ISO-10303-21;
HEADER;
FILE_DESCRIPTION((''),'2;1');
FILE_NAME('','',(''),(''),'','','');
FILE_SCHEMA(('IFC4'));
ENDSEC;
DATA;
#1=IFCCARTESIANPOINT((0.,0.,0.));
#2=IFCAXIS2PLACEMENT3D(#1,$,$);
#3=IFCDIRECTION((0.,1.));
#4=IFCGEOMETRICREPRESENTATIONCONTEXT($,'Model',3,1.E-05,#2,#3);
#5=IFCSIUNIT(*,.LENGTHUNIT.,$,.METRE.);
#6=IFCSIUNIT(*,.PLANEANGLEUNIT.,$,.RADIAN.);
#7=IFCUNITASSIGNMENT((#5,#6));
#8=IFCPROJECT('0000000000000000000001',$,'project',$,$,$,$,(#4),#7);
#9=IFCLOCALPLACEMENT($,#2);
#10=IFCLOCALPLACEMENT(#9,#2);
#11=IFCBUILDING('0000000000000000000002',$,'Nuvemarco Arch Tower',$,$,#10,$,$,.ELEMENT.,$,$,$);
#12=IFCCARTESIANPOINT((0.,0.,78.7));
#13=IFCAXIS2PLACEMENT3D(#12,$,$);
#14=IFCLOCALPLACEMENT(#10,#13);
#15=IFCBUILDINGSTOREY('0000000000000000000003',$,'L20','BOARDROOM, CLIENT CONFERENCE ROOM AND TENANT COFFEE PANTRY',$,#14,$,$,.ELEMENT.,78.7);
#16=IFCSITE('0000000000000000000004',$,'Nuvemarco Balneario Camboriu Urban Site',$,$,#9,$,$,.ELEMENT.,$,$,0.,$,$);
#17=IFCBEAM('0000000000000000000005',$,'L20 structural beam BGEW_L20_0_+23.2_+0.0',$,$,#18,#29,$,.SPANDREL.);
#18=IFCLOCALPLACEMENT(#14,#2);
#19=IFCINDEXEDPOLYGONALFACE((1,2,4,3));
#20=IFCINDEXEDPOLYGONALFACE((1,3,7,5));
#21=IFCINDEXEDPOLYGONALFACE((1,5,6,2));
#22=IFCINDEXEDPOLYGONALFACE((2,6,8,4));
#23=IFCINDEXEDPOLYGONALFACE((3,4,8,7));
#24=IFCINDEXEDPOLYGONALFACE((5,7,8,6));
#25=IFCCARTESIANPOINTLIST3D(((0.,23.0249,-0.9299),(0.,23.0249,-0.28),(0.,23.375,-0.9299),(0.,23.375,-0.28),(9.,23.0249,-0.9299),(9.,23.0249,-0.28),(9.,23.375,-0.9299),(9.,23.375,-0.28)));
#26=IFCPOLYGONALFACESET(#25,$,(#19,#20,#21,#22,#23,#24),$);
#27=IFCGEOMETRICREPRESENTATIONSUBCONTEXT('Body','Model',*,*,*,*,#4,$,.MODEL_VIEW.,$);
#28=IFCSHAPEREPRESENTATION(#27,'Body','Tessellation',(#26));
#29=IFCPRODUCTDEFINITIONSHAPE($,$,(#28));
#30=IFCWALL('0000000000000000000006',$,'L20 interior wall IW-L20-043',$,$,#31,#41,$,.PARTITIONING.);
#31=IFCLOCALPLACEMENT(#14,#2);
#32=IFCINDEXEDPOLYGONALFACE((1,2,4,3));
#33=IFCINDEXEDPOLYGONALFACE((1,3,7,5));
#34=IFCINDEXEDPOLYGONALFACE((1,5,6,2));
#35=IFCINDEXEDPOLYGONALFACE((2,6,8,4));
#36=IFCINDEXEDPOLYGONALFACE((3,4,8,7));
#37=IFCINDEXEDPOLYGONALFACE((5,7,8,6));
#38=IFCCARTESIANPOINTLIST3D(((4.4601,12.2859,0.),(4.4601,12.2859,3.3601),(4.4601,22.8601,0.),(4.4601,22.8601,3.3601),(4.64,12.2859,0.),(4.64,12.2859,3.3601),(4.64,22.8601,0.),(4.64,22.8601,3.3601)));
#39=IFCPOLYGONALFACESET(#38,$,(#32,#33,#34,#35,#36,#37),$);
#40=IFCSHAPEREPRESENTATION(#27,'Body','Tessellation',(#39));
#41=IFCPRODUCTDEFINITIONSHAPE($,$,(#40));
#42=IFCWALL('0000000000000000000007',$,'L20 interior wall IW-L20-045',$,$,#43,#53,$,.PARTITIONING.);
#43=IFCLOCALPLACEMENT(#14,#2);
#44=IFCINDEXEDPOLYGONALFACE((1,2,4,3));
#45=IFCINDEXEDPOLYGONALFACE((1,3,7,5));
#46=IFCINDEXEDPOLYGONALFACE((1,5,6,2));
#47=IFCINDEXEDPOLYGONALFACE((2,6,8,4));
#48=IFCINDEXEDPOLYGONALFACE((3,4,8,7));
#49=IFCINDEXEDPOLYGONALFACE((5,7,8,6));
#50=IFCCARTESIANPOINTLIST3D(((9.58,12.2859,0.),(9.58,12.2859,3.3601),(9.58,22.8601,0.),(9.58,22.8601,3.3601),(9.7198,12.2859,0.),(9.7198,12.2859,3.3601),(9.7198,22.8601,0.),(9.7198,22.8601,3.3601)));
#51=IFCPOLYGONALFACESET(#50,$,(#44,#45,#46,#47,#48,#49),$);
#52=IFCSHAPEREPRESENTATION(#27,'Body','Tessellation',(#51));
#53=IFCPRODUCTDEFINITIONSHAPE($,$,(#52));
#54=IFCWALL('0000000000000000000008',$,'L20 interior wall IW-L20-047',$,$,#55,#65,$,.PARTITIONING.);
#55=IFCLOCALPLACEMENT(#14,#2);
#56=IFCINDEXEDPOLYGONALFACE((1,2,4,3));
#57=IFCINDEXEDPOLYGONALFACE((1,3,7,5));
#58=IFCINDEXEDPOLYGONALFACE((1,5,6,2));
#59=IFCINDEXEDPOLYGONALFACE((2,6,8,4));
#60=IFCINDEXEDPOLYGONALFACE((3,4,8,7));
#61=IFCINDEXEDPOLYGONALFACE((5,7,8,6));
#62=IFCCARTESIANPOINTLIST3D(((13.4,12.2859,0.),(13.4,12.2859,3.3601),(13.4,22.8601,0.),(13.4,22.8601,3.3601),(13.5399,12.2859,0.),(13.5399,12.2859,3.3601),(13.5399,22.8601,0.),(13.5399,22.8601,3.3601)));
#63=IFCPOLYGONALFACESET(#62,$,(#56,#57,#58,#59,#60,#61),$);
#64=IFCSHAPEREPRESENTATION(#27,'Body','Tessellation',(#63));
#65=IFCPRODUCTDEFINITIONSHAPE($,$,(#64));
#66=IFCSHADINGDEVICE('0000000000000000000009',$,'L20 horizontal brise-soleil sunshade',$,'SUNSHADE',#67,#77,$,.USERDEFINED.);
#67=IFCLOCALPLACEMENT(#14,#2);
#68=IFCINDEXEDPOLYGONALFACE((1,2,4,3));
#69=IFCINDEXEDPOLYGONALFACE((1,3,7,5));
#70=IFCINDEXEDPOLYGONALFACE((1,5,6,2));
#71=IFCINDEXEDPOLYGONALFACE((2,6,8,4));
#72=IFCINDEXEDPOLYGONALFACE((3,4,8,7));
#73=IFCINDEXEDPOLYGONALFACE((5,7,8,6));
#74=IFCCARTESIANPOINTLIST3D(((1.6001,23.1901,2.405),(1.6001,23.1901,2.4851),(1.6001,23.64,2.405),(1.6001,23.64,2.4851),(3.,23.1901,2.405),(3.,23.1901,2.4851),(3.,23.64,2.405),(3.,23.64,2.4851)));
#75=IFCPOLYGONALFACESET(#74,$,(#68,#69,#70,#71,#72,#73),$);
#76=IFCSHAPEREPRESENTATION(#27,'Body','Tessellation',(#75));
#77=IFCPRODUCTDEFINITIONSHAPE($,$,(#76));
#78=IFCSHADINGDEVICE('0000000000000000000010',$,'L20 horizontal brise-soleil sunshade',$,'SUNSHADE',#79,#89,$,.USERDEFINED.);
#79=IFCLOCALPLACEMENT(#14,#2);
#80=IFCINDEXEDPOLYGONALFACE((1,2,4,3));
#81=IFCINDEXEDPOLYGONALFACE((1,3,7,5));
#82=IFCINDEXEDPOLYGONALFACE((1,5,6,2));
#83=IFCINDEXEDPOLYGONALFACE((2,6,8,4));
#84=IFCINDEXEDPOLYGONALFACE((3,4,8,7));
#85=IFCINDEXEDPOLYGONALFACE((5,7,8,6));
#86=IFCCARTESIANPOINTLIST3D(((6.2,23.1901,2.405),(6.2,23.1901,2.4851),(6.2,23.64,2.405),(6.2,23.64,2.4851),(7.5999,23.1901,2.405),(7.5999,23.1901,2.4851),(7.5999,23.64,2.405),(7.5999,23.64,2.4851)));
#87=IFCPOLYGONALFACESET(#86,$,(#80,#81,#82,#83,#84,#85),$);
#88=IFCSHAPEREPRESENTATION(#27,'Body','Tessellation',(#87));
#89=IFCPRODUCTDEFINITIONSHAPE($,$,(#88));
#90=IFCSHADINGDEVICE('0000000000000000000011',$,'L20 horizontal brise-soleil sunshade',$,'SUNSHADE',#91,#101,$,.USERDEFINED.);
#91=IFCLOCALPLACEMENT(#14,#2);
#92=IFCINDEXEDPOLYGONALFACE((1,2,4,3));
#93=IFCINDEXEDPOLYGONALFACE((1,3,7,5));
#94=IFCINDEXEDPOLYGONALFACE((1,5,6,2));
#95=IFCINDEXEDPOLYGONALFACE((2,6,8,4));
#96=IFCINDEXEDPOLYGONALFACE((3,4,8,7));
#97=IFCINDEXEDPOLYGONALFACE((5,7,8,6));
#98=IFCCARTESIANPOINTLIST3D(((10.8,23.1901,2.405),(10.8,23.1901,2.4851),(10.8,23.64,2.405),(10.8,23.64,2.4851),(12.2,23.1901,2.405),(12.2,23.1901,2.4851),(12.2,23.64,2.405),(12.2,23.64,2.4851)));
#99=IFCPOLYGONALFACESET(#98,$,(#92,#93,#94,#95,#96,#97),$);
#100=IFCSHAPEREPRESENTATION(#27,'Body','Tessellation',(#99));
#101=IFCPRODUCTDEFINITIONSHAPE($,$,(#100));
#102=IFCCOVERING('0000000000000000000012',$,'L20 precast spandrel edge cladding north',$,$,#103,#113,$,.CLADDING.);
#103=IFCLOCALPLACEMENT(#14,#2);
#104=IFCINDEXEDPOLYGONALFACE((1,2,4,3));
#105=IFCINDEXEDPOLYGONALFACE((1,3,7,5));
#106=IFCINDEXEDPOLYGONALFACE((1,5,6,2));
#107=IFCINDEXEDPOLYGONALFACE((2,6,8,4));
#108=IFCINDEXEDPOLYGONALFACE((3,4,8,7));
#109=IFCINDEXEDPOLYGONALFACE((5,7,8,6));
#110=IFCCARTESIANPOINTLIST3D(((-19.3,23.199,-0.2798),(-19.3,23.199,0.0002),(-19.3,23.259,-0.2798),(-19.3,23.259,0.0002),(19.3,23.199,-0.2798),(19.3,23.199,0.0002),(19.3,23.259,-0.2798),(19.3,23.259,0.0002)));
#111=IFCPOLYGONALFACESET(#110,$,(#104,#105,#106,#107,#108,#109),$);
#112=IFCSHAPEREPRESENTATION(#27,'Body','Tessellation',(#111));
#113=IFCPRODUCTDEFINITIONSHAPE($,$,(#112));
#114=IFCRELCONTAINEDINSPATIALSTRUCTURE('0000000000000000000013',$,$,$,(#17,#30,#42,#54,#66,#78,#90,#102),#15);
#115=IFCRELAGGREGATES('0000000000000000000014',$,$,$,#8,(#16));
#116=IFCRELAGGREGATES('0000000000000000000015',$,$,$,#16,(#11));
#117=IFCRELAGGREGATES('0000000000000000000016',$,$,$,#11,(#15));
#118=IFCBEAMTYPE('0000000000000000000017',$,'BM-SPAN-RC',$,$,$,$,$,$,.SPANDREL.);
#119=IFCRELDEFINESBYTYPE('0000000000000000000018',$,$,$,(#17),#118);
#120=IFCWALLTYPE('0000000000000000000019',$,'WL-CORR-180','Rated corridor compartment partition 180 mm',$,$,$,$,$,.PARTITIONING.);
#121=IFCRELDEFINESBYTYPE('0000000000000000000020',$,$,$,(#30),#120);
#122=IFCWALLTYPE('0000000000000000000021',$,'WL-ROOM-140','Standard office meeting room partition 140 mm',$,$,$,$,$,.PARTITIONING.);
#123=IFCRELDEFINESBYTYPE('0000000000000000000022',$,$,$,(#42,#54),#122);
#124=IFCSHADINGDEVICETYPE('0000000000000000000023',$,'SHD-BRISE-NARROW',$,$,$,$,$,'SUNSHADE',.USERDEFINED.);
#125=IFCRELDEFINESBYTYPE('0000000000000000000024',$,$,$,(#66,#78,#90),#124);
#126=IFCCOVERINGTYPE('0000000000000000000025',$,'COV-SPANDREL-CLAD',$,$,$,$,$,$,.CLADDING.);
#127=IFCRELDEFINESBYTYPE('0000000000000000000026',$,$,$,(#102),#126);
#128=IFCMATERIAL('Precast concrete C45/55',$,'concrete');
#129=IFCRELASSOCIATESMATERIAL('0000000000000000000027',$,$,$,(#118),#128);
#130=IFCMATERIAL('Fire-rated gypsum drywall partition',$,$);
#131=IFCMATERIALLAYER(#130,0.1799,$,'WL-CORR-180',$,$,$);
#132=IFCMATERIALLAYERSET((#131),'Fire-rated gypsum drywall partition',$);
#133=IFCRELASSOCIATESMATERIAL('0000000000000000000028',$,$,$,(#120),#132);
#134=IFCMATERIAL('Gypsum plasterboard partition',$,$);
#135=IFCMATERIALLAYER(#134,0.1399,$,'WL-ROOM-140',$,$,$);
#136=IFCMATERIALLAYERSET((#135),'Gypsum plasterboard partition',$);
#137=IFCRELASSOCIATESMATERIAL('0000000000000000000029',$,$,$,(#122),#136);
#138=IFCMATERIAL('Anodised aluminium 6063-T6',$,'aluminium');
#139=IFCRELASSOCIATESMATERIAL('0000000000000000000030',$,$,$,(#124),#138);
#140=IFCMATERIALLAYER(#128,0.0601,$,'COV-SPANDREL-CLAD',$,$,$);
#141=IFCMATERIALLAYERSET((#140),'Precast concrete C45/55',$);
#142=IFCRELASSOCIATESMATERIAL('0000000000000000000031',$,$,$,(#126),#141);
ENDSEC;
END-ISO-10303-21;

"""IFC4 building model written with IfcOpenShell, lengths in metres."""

from ifc_helpers import new_model, si_unit, direction, frame, frame_2d, origin, origin_2d, place, context, subcontext, project, spatial, rectangle, extrude, source, transform, mapped, material, layer, layer_set, material_profile, profile_set, type_object, type_shapes, element, save


model = new_model("IFC4")

# Units and contexts
model_context = context("Model", 3, precision=1e-05, world=origin(), true_north=direction((0.0, 1.0)))
body_context = subcontext(model_context, "Body", "Model", "MODEL_VIEW")
ifc_project = project(units=[si_unit("LENGTHUNIT", "METRE"), si_unit("PLANEANGLEUNIT", "RADIAN")], contexts=[model_context])

# Site, building, storey
site_placement = place(None, origin())
site = spatial("IfcSite", under=ifc_project, at=site_placement, Name="Nuvemarco Balneario Camboriu Urban Site", CompositionType="ELEMENT", RefElevation=0.0)
building_placement = place(site_placement, origin())
building = spatial("IfcBuilding", under=site, at=building_placement, Name="Nuvemarco Arch Tower", CompositionType="ELEMENT")
storey_placement = place(building_placement, frame((0.0, 0.0, 78.7)))
storey = spatial("IfcBuildingStorey", under=building, at=storey_placement, Name="L20", Description="BOARDROOM, CLIENT CONFERENCE ROOM AND TENANT COFFEE PANTRY", CompositionType="ELEMENT", Elevation=78.7)

# Beam
ifc_material_1 = material(Name="Precast concrete C45/55", Category="concrete")
ifc_material_profile_1 = material_profile(ifc_material_1, rectangle(XDim=0.3501, YDim=0.6499, at=origin_2d()), Name="PC-SP-350x650")
ifc_profile_set_1 = profile_set([ifc_material_profile_1], Name="Precast concrete C45/55")
beam_type_1 = type_object("IfcBeamType", Name="BM-SPAN-RC", PredefinedType="SPANDREL", material=ifc_profile_set_1)
beam_1_placement = place(storey_placement, frame((0.0, 23.2, -0.605), z_axis=(1.0, 0.0, 0.0), x_axis=(0.0, 1.0, 0.0)))
element("IfcBeam", 1, at=beam_1_placement, inside=storey, type_object=beam_type_1, Name="L20 structural beam BGEW_L20_0_+23.2_+0.0", PredefinedType="SPANDREL", context=body_context, shape_type="SweptSolid", body=[
    extrude(rectangle(XDim=0.3501, YDim=0.6499, at=origin_2d()), origin(), (0.0, 0.0, 1.0), 9.0),
])

# Walls
ifc_material_2 = material(Name="Fire-rated gypsum drywall partition")
ifc_layer_1 = layer(ifc_material_2, 0.1799, Name="WL-CORR-180")
ifc_layer_set_1 = layer_set([ifc_layer_1], Name="Fire-rated gypsum drywall partition")
wall_type_1 = type_object("IfcWallType", Name="WL-CORR-180", Description="Rated corridor compartment partition 180 mm", PredefinedType="PARTITIONING", material=ifc_layer_set_1)
wall_placement = place(storey_placement, frame((4.55, 12.2859, 0.0), z_axis=(0.0, 0.0, 1.0), x_axis=(0.0, 1.0, 0.0)))
element("IfcWall", 2, at=wall_placement, inside=storey, type_object=wall_type_1, Name="L20 interior wall IW-L20-043", PredefinedType="PARTITIONING", context=body_context, shape_type="SweptSolid", body=[
    extrude(rectangle(XDim=10.5742, YDim=0.1799, at=frame_2d((5.2871, 0.0))), origin(), (0.0, 0.0, 1.0), 3.3601),
])
ifc_material_3 = material(Name="Gypsum plasterboard partition")
ifc_layer_2 = layer(ifc_material_3, 0.1399, Name="WL-ROOM-140")
ifc_layer_set_2 = layer_set([ifc_layer_2], Name="Gypsum plasterboard partition")
wall_type_2 = type_object("IfcWallType", Name="WL-ROOM-140", Description="Standard office meeting room partition 140 mm", PredefinedType="PARTITIONING", material=ifc_layer_set_2)
for number, where, z_axis, x_axis, name in (
    (3, (9.6499, 12.2859, 0.0), (0.0, 0.0, 1.0), (0.0, 1.0, 0.0), "L20 interior wall IW-L20-045"),
    (4, (13.47, 12.2859, 0.0), (0.0, 0.0, 1.0), (0.0, 1.0, 0.0), "L20 interior wall IW-L20-047"),
):
    element("IfcWall", number, at=place(storey_placement, frame(where, z_axis=z_axis, x_axis=x_axis)), inside=storey, type_object=wall_type_2, Name=name, PredefinedType="PARTITIONING", context=body_context, shape_type="SweptSolid", body=[
        extrude(rectangle(XDim=10.5742, YDim=0.1399, at=frame_2d((5.2871, 0.0))), origin(), (0.0, 0.0, 1.0), 3.3601),
    ])

# Shading devices
ifc_material_4 = material(Name="Anodised aluminium 6063-T6", Category="aluminium")
shading_device_type = type_object("IfcShadingDeviceType", Name="SHD-BRISE-NARROW", ElementType="SUNSHADE", PredefinedType="USERDEFINED", material=ifc_material_4)
shared_shape_1 = source(origin(), body_context, "Body", "SweptSolid", [
    extrude(rectangle(XDim=1.3999, YDim=0.45, at=origin_2d()), origin(), (0.0, 0.0, 1.0), 0.0801),
])
type_shapes(shading_device_type, [shared_shape_1])
for number, where, z_axis, x_axis, name in (
    (5, (2.3, 23.415, 2.405), (0.0, 0.0, 1.0), (1.0, 0.0, 0.0), "L20 horizontal brise-soleil sunshade"),
    (6, (6.8999, 23.415, 2.405), (0.0, 0.0, 1.0), (1.0, 0.0, 0.0), "L20 horizontal brise-soleil sunshade"),
    (7, (11.5, 23.415, 2.405), (0.0, 0.0, 1.0), (1.0, 0.0, 0.0), "L20 horizontal brise-soleil sunshade"),
):
    element("IfcShadingDevice", number, at=place(storey_placement, frame(where, z_axis=z_axis, x_axis=x_axis)), inside=storey, type_object=shading_device_type, Name=name, ObjectType="SUNSHADE", PredefinedType="USERDEFINED", context=body_context, shape_type="MappedRepresentation", body=[
        mapped(shared_shape_1, transform((0.0, 0.0, 0.0), scale=1.0)),
    ])

# Covering
ifc_layer_3 = layer(ifc_material_1, 0.0601, Name="COV-SPANDREL-CLAD")
ifc_layer_set_3 = layer_set([ifc_layer_3], Name="Precast concrete C45/55")
covering_type = type_object("IfcCoveringType", Name="COV-SPANDREL-CLAD", PredefinedType="CLADDING", material=ifc_layer_set_3)
shared_shape_2 = source(origin(), body_context, "Body", "SweptSolid", [
    extrude(rectangle(XDim=38.6001, YDim=0.0601, at=origin_2d()), origin(), (0.0, 0.0, 1.0), 0.28),
])
type_shapes(covering_type, [shared_shape_2])
covering_placement = place(storey_placement, frame((0.0, 23.229, -0.2798), z_axis=(0.0, 0.0, 1.0), x_axis=(1.0, 0.0, 0.0)))
element("IfcCovering", 8, at=covering_placement, inside=storey, type_object=covering_type, Name="L20 precast spandrel edge cladding north", PredefinedType="CLADDING", context=body_context, shape_type="MappedRepresentation", body=[
    mapped(shared_shape_2, transform((0.0, 0.0, 0.0), scale=1.0)),
])

save(model, "model.ifc")
